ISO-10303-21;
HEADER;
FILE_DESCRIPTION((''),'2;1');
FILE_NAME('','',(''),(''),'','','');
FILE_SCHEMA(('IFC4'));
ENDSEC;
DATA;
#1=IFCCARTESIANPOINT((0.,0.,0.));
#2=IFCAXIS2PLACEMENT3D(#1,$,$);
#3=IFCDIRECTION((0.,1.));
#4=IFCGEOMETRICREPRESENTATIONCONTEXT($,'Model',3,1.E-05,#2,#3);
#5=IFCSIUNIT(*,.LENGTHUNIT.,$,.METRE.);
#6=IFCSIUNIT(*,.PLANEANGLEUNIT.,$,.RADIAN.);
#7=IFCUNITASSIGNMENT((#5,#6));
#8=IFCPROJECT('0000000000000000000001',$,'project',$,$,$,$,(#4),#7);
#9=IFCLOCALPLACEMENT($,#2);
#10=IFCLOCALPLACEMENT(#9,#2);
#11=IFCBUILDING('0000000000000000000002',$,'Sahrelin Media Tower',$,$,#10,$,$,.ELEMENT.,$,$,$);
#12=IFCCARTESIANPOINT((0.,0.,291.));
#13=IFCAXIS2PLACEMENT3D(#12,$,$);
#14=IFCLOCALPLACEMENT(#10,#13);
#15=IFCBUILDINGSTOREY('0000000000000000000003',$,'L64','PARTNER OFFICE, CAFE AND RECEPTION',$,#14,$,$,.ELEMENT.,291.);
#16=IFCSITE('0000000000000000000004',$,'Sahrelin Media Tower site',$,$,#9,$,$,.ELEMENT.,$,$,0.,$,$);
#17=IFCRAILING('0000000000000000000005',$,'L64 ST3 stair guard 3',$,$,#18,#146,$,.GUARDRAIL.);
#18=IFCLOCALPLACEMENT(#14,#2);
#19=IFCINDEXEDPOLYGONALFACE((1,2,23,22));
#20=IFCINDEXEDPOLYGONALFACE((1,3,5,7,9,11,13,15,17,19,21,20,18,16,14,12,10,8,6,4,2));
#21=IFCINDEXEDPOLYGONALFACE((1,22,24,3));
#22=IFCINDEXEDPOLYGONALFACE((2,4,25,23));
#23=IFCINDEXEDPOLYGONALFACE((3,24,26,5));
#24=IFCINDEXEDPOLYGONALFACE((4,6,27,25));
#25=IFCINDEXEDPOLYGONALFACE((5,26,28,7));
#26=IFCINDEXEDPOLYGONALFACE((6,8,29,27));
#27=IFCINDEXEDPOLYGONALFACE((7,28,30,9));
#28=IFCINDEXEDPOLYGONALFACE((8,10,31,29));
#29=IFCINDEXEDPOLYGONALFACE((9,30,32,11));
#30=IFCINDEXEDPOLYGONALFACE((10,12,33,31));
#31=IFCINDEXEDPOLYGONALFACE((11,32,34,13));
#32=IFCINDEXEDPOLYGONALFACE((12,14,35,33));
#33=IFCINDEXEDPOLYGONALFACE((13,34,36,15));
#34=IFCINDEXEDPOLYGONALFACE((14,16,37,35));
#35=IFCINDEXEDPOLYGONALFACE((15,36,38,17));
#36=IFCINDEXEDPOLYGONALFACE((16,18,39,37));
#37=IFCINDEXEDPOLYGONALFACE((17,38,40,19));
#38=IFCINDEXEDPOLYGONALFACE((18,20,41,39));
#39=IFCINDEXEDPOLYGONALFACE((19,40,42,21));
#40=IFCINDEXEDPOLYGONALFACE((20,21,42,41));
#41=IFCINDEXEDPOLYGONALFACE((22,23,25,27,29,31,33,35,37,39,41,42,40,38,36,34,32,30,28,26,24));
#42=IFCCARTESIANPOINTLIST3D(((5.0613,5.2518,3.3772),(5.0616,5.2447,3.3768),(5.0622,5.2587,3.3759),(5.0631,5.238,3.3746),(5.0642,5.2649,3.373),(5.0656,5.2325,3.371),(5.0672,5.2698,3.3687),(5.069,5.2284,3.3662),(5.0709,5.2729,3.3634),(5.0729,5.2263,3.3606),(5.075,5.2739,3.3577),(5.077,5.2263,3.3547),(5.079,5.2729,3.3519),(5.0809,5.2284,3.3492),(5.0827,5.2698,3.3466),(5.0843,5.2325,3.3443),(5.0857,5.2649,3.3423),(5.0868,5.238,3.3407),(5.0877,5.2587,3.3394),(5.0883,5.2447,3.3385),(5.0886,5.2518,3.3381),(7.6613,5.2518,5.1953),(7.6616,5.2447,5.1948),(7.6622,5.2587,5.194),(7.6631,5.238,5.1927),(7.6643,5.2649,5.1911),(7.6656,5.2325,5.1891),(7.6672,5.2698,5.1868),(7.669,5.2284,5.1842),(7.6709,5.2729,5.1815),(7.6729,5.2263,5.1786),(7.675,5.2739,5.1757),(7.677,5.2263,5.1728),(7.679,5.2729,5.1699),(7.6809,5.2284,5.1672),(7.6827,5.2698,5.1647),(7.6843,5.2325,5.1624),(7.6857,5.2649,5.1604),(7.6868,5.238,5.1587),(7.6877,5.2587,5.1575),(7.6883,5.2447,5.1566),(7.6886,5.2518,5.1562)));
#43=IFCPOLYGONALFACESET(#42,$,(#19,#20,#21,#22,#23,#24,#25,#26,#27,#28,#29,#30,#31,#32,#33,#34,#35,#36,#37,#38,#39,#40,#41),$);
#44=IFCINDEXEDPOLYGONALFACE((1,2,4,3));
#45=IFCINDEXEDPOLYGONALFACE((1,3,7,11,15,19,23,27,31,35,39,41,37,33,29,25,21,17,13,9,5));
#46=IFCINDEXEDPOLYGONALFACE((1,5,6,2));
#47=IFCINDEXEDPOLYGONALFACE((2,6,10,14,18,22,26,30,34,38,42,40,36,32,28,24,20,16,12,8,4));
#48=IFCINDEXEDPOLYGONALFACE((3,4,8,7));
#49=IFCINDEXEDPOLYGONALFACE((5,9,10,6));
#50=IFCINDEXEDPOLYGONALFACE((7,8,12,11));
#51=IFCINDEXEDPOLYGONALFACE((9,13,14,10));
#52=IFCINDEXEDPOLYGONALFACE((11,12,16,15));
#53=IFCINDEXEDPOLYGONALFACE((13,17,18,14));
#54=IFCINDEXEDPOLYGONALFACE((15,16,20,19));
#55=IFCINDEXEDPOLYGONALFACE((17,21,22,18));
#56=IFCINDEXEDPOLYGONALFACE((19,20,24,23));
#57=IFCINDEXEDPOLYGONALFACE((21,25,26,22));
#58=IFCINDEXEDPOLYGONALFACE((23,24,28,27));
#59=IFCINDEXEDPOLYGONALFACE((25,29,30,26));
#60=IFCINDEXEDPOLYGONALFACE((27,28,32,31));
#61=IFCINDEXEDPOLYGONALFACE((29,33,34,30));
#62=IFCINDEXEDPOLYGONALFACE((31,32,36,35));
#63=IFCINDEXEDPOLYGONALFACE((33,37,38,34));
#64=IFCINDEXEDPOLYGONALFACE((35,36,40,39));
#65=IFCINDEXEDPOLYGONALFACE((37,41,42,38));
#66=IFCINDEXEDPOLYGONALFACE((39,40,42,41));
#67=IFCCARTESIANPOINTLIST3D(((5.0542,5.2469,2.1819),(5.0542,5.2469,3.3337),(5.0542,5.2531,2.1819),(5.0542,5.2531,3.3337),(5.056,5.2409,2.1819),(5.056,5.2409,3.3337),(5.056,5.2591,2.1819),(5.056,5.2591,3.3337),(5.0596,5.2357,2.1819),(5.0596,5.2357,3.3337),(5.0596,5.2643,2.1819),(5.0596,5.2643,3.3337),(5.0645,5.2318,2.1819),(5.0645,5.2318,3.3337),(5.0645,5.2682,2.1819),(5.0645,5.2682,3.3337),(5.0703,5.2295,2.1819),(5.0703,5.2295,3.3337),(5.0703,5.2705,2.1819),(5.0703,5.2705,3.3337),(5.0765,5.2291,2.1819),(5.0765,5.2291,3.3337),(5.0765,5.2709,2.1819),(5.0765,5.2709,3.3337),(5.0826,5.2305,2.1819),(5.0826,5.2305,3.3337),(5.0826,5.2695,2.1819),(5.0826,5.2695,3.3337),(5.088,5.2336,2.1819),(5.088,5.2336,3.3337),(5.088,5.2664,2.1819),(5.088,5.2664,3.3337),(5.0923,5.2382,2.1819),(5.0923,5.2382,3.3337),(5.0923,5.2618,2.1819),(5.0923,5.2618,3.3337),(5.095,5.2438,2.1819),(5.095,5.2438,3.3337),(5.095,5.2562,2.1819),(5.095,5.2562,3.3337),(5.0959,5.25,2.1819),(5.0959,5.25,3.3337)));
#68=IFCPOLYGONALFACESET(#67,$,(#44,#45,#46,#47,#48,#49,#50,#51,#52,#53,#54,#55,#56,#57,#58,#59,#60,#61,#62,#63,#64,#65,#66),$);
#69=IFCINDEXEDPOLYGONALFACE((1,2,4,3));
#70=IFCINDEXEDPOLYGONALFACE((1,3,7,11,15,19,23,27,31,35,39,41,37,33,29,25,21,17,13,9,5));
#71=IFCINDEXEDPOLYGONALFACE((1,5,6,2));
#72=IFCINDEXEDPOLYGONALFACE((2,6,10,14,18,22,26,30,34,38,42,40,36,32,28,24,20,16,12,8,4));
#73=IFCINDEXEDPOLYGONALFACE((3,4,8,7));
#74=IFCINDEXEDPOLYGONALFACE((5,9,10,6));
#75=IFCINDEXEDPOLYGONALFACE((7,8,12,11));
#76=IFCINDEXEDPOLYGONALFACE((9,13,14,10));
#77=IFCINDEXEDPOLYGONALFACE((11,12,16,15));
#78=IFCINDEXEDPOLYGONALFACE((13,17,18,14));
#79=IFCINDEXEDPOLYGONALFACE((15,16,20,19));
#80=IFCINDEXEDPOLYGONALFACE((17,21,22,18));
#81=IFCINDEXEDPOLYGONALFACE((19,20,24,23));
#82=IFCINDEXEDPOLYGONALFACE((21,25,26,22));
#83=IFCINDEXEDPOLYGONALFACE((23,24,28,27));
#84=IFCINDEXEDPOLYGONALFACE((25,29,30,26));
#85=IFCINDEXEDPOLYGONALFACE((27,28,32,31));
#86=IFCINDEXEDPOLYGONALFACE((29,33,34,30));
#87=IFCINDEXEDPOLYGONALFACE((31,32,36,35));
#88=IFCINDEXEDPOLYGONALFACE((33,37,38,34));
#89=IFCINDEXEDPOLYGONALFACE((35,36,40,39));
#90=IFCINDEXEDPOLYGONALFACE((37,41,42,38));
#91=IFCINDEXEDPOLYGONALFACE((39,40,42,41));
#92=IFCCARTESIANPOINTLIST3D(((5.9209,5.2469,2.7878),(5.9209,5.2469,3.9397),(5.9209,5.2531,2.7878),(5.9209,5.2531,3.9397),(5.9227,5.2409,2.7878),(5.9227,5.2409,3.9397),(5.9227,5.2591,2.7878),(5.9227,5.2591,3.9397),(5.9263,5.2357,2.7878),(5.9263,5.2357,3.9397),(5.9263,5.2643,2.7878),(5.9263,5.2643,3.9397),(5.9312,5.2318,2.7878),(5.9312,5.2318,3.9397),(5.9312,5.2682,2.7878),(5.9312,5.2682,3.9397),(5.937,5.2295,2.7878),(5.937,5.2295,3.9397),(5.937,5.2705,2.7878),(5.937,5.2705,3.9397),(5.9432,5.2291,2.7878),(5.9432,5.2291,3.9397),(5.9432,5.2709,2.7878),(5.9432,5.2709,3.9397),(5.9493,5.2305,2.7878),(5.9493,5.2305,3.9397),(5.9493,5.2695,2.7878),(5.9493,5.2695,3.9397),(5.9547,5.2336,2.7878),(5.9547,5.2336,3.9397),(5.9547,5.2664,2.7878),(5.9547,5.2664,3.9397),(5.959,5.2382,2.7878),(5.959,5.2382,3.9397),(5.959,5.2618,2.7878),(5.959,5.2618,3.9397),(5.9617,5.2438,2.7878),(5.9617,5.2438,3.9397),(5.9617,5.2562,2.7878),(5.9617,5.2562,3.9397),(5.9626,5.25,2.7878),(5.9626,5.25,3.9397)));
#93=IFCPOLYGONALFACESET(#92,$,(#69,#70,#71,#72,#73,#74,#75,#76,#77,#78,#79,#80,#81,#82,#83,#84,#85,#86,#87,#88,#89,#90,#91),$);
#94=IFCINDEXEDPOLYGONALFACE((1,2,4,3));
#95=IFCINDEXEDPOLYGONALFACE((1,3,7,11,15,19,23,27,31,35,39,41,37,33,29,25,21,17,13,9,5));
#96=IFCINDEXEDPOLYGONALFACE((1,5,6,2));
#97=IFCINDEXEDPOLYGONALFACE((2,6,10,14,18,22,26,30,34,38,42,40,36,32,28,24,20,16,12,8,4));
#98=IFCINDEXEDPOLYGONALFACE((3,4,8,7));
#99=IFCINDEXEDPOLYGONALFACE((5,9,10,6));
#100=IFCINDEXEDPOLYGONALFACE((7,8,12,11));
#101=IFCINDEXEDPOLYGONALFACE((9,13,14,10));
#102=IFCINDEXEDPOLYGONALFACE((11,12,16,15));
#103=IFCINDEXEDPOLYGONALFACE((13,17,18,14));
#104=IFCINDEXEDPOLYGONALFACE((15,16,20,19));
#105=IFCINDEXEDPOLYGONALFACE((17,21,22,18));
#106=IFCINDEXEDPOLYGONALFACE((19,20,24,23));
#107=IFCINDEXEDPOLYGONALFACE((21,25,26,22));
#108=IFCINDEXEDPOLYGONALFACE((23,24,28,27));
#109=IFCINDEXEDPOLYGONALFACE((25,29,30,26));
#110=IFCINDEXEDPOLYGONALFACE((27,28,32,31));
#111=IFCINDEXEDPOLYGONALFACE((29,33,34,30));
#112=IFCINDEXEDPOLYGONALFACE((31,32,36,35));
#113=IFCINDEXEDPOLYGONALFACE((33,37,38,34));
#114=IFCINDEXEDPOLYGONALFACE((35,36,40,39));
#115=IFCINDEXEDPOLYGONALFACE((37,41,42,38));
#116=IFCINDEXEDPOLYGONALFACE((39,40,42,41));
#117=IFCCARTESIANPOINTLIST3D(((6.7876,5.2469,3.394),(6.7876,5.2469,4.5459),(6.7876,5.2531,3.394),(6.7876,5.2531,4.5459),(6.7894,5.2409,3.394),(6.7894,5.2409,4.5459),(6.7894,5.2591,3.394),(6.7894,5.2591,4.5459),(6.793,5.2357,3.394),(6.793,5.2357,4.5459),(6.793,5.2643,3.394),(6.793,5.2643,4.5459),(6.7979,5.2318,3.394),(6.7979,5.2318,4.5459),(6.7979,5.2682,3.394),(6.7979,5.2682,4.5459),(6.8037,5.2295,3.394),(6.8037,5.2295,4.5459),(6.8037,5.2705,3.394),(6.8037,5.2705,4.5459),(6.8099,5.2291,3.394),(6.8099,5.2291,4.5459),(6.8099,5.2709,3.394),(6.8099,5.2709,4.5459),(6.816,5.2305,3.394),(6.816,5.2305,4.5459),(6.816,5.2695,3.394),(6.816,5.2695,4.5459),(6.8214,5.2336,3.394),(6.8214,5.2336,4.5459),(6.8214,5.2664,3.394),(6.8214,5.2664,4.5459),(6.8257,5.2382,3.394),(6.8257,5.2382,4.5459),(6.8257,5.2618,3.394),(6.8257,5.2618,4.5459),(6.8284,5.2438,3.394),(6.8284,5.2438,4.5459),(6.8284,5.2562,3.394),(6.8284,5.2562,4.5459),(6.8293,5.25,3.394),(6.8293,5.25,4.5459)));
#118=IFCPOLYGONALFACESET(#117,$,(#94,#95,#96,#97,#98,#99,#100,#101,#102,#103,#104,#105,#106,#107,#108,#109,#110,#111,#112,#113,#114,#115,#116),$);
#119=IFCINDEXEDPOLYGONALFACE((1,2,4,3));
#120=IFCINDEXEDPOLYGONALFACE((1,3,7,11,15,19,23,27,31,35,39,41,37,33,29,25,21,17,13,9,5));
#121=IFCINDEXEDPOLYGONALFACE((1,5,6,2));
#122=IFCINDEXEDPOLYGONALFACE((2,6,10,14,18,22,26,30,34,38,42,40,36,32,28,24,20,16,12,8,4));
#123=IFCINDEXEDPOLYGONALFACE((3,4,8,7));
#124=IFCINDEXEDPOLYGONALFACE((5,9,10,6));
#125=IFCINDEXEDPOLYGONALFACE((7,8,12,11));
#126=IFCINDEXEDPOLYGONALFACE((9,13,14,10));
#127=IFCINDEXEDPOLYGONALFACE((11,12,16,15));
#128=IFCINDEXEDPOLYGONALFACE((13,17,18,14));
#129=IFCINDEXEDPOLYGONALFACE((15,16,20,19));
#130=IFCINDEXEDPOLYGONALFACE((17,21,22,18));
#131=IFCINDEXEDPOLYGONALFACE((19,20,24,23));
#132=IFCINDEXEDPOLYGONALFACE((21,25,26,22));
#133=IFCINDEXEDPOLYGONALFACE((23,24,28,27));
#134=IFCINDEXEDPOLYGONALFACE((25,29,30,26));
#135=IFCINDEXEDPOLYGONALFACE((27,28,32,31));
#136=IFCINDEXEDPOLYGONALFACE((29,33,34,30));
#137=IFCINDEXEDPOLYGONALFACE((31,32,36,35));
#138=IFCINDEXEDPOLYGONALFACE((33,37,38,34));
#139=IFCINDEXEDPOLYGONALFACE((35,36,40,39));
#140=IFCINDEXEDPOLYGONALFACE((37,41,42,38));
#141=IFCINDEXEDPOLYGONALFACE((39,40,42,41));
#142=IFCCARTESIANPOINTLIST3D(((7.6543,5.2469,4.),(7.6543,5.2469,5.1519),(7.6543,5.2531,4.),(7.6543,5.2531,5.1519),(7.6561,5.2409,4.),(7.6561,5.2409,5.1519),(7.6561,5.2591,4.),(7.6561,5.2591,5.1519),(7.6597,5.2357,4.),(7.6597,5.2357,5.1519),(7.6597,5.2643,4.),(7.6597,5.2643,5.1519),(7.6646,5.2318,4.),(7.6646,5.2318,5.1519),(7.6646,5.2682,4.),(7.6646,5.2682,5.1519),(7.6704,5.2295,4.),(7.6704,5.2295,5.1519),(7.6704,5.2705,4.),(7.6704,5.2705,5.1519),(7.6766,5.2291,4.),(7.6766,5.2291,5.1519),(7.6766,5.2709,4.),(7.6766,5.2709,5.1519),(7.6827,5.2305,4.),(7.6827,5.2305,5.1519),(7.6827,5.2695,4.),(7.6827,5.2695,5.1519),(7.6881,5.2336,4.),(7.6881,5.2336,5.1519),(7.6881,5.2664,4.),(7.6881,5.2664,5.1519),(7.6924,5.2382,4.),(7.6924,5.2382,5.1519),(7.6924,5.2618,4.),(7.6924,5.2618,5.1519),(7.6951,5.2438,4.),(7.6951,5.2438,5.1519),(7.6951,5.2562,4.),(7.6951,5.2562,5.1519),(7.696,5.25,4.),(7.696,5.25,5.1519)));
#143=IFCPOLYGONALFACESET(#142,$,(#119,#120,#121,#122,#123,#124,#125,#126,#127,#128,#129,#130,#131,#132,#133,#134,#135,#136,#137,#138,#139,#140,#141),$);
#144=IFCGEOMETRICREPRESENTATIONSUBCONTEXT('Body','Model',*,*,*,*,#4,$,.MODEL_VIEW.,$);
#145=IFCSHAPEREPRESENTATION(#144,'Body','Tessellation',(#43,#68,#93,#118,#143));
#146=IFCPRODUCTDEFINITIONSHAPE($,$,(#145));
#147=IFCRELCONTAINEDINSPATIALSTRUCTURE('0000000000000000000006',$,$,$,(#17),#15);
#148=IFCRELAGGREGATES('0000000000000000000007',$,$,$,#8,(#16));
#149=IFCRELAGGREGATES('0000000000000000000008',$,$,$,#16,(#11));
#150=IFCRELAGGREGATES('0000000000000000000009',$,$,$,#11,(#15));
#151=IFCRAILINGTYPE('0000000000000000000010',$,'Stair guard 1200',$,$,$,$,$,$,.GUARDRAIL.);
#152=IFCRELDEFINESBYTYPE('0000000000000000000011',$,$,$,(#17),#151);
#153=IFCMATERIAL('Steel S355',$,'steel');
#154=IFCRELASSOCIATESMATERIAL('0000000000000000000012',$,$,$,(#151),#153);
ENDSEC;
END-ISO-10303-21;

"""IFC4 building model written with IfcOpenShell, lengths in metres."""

from ifc_helpers import new_model, si_unit, direction, frame, origin, origin_2d, place, context, subcontext, project, spatial, circle, extrude, material, type_object, element, save


model = new_model("IFC4")

# Units and contexts
model_context = context("Model", 3, precision=1e-05, world=origin(), true_north=direction((0.0, 1.0)))
body_context = subcontext(model_context, "Body", "Model", "MODEL_VIEW")
ifc_project = project(units=[si_unit("LENGTHUNIT", "METRE"), si_unit("PLANEANGLEUNIT", "RADIAN")], contexts=[model_context])

# Site, building, storey
site_placement = place(None, origin())
site = spatial("IfcSite", under=ifc_project, at=site_placement, Name="Sahrelin Media Tower site", CompositionType="ELEMENT", RefElevation=0.0)
building_placement = place(site_placement, origin())
building = spatial("IfcBuilding", under=site, at=building_placement, Name="Sahrelin Media Tower", CompositionType="ELEMENT")
storey_placement = place(building_placement, frame((0.0, 0.0, 291.0)))
storey = spatial("IfcBuildingStorey", under=building, at=storey_placement, Name="L64", Description="PARTNER OFFICE, CAFE AND RECEPTION", CompositionType="ELEMENT", Elevation=291.0)

# Shared definitions
ifc_material_1 = material(Name="Steel S355", Category="steel")

# Railing
railing_type_1 = type_object("IfcRailingType", Name="Stair guard 1200", PredefinedType="GUARDRAIL", material=ifc_material_1)
railing_1_placement = place(storey_placement, frame((5.075, 5.25, 2.1819)))
element("IfcRailing", 1, at=railing_1_placement, inside=storey, type_object=railing_type_1, Name="L64 ST3 stair guard 3", PredefinedType="GUARDRAIL", context=body_context, shape_type="SweptSolid", body=[
    extrude(circle(Radius=0.0239, at=origin_2d()), frame((0.0, 0.0, 1.1758), z_axis=(0.819521, 0.0, 0.573049), x_axis=(0.0, 1.0, 0.0)), (0.0, 0.0, 1.0), 3.1726),
    extrude(circle(Radius=0.021, at=origin_2d()), origin(), (0.0, 0.0, 1.0), 1.1519),
    extrude(circle(Radius=0.021, at=origin_2d()), frame((0.8667, 0.0, 0.606)), (0.0, 0.0, 1.0), 1.1519),
    extrude(circle(Radius=0.021, at=origin_2d()), frame((1.7334, 0.0, 1.2122)), (0.0, 0.0, 1.0), 1.1519),
    extrude(circle(Radius=0.021, at=origin_2d()), frame((2.6001, 0.0, 1.8181)), (0.0, 0.0, 1.0), 1.1519),
])

save(model, "model.ifc")
